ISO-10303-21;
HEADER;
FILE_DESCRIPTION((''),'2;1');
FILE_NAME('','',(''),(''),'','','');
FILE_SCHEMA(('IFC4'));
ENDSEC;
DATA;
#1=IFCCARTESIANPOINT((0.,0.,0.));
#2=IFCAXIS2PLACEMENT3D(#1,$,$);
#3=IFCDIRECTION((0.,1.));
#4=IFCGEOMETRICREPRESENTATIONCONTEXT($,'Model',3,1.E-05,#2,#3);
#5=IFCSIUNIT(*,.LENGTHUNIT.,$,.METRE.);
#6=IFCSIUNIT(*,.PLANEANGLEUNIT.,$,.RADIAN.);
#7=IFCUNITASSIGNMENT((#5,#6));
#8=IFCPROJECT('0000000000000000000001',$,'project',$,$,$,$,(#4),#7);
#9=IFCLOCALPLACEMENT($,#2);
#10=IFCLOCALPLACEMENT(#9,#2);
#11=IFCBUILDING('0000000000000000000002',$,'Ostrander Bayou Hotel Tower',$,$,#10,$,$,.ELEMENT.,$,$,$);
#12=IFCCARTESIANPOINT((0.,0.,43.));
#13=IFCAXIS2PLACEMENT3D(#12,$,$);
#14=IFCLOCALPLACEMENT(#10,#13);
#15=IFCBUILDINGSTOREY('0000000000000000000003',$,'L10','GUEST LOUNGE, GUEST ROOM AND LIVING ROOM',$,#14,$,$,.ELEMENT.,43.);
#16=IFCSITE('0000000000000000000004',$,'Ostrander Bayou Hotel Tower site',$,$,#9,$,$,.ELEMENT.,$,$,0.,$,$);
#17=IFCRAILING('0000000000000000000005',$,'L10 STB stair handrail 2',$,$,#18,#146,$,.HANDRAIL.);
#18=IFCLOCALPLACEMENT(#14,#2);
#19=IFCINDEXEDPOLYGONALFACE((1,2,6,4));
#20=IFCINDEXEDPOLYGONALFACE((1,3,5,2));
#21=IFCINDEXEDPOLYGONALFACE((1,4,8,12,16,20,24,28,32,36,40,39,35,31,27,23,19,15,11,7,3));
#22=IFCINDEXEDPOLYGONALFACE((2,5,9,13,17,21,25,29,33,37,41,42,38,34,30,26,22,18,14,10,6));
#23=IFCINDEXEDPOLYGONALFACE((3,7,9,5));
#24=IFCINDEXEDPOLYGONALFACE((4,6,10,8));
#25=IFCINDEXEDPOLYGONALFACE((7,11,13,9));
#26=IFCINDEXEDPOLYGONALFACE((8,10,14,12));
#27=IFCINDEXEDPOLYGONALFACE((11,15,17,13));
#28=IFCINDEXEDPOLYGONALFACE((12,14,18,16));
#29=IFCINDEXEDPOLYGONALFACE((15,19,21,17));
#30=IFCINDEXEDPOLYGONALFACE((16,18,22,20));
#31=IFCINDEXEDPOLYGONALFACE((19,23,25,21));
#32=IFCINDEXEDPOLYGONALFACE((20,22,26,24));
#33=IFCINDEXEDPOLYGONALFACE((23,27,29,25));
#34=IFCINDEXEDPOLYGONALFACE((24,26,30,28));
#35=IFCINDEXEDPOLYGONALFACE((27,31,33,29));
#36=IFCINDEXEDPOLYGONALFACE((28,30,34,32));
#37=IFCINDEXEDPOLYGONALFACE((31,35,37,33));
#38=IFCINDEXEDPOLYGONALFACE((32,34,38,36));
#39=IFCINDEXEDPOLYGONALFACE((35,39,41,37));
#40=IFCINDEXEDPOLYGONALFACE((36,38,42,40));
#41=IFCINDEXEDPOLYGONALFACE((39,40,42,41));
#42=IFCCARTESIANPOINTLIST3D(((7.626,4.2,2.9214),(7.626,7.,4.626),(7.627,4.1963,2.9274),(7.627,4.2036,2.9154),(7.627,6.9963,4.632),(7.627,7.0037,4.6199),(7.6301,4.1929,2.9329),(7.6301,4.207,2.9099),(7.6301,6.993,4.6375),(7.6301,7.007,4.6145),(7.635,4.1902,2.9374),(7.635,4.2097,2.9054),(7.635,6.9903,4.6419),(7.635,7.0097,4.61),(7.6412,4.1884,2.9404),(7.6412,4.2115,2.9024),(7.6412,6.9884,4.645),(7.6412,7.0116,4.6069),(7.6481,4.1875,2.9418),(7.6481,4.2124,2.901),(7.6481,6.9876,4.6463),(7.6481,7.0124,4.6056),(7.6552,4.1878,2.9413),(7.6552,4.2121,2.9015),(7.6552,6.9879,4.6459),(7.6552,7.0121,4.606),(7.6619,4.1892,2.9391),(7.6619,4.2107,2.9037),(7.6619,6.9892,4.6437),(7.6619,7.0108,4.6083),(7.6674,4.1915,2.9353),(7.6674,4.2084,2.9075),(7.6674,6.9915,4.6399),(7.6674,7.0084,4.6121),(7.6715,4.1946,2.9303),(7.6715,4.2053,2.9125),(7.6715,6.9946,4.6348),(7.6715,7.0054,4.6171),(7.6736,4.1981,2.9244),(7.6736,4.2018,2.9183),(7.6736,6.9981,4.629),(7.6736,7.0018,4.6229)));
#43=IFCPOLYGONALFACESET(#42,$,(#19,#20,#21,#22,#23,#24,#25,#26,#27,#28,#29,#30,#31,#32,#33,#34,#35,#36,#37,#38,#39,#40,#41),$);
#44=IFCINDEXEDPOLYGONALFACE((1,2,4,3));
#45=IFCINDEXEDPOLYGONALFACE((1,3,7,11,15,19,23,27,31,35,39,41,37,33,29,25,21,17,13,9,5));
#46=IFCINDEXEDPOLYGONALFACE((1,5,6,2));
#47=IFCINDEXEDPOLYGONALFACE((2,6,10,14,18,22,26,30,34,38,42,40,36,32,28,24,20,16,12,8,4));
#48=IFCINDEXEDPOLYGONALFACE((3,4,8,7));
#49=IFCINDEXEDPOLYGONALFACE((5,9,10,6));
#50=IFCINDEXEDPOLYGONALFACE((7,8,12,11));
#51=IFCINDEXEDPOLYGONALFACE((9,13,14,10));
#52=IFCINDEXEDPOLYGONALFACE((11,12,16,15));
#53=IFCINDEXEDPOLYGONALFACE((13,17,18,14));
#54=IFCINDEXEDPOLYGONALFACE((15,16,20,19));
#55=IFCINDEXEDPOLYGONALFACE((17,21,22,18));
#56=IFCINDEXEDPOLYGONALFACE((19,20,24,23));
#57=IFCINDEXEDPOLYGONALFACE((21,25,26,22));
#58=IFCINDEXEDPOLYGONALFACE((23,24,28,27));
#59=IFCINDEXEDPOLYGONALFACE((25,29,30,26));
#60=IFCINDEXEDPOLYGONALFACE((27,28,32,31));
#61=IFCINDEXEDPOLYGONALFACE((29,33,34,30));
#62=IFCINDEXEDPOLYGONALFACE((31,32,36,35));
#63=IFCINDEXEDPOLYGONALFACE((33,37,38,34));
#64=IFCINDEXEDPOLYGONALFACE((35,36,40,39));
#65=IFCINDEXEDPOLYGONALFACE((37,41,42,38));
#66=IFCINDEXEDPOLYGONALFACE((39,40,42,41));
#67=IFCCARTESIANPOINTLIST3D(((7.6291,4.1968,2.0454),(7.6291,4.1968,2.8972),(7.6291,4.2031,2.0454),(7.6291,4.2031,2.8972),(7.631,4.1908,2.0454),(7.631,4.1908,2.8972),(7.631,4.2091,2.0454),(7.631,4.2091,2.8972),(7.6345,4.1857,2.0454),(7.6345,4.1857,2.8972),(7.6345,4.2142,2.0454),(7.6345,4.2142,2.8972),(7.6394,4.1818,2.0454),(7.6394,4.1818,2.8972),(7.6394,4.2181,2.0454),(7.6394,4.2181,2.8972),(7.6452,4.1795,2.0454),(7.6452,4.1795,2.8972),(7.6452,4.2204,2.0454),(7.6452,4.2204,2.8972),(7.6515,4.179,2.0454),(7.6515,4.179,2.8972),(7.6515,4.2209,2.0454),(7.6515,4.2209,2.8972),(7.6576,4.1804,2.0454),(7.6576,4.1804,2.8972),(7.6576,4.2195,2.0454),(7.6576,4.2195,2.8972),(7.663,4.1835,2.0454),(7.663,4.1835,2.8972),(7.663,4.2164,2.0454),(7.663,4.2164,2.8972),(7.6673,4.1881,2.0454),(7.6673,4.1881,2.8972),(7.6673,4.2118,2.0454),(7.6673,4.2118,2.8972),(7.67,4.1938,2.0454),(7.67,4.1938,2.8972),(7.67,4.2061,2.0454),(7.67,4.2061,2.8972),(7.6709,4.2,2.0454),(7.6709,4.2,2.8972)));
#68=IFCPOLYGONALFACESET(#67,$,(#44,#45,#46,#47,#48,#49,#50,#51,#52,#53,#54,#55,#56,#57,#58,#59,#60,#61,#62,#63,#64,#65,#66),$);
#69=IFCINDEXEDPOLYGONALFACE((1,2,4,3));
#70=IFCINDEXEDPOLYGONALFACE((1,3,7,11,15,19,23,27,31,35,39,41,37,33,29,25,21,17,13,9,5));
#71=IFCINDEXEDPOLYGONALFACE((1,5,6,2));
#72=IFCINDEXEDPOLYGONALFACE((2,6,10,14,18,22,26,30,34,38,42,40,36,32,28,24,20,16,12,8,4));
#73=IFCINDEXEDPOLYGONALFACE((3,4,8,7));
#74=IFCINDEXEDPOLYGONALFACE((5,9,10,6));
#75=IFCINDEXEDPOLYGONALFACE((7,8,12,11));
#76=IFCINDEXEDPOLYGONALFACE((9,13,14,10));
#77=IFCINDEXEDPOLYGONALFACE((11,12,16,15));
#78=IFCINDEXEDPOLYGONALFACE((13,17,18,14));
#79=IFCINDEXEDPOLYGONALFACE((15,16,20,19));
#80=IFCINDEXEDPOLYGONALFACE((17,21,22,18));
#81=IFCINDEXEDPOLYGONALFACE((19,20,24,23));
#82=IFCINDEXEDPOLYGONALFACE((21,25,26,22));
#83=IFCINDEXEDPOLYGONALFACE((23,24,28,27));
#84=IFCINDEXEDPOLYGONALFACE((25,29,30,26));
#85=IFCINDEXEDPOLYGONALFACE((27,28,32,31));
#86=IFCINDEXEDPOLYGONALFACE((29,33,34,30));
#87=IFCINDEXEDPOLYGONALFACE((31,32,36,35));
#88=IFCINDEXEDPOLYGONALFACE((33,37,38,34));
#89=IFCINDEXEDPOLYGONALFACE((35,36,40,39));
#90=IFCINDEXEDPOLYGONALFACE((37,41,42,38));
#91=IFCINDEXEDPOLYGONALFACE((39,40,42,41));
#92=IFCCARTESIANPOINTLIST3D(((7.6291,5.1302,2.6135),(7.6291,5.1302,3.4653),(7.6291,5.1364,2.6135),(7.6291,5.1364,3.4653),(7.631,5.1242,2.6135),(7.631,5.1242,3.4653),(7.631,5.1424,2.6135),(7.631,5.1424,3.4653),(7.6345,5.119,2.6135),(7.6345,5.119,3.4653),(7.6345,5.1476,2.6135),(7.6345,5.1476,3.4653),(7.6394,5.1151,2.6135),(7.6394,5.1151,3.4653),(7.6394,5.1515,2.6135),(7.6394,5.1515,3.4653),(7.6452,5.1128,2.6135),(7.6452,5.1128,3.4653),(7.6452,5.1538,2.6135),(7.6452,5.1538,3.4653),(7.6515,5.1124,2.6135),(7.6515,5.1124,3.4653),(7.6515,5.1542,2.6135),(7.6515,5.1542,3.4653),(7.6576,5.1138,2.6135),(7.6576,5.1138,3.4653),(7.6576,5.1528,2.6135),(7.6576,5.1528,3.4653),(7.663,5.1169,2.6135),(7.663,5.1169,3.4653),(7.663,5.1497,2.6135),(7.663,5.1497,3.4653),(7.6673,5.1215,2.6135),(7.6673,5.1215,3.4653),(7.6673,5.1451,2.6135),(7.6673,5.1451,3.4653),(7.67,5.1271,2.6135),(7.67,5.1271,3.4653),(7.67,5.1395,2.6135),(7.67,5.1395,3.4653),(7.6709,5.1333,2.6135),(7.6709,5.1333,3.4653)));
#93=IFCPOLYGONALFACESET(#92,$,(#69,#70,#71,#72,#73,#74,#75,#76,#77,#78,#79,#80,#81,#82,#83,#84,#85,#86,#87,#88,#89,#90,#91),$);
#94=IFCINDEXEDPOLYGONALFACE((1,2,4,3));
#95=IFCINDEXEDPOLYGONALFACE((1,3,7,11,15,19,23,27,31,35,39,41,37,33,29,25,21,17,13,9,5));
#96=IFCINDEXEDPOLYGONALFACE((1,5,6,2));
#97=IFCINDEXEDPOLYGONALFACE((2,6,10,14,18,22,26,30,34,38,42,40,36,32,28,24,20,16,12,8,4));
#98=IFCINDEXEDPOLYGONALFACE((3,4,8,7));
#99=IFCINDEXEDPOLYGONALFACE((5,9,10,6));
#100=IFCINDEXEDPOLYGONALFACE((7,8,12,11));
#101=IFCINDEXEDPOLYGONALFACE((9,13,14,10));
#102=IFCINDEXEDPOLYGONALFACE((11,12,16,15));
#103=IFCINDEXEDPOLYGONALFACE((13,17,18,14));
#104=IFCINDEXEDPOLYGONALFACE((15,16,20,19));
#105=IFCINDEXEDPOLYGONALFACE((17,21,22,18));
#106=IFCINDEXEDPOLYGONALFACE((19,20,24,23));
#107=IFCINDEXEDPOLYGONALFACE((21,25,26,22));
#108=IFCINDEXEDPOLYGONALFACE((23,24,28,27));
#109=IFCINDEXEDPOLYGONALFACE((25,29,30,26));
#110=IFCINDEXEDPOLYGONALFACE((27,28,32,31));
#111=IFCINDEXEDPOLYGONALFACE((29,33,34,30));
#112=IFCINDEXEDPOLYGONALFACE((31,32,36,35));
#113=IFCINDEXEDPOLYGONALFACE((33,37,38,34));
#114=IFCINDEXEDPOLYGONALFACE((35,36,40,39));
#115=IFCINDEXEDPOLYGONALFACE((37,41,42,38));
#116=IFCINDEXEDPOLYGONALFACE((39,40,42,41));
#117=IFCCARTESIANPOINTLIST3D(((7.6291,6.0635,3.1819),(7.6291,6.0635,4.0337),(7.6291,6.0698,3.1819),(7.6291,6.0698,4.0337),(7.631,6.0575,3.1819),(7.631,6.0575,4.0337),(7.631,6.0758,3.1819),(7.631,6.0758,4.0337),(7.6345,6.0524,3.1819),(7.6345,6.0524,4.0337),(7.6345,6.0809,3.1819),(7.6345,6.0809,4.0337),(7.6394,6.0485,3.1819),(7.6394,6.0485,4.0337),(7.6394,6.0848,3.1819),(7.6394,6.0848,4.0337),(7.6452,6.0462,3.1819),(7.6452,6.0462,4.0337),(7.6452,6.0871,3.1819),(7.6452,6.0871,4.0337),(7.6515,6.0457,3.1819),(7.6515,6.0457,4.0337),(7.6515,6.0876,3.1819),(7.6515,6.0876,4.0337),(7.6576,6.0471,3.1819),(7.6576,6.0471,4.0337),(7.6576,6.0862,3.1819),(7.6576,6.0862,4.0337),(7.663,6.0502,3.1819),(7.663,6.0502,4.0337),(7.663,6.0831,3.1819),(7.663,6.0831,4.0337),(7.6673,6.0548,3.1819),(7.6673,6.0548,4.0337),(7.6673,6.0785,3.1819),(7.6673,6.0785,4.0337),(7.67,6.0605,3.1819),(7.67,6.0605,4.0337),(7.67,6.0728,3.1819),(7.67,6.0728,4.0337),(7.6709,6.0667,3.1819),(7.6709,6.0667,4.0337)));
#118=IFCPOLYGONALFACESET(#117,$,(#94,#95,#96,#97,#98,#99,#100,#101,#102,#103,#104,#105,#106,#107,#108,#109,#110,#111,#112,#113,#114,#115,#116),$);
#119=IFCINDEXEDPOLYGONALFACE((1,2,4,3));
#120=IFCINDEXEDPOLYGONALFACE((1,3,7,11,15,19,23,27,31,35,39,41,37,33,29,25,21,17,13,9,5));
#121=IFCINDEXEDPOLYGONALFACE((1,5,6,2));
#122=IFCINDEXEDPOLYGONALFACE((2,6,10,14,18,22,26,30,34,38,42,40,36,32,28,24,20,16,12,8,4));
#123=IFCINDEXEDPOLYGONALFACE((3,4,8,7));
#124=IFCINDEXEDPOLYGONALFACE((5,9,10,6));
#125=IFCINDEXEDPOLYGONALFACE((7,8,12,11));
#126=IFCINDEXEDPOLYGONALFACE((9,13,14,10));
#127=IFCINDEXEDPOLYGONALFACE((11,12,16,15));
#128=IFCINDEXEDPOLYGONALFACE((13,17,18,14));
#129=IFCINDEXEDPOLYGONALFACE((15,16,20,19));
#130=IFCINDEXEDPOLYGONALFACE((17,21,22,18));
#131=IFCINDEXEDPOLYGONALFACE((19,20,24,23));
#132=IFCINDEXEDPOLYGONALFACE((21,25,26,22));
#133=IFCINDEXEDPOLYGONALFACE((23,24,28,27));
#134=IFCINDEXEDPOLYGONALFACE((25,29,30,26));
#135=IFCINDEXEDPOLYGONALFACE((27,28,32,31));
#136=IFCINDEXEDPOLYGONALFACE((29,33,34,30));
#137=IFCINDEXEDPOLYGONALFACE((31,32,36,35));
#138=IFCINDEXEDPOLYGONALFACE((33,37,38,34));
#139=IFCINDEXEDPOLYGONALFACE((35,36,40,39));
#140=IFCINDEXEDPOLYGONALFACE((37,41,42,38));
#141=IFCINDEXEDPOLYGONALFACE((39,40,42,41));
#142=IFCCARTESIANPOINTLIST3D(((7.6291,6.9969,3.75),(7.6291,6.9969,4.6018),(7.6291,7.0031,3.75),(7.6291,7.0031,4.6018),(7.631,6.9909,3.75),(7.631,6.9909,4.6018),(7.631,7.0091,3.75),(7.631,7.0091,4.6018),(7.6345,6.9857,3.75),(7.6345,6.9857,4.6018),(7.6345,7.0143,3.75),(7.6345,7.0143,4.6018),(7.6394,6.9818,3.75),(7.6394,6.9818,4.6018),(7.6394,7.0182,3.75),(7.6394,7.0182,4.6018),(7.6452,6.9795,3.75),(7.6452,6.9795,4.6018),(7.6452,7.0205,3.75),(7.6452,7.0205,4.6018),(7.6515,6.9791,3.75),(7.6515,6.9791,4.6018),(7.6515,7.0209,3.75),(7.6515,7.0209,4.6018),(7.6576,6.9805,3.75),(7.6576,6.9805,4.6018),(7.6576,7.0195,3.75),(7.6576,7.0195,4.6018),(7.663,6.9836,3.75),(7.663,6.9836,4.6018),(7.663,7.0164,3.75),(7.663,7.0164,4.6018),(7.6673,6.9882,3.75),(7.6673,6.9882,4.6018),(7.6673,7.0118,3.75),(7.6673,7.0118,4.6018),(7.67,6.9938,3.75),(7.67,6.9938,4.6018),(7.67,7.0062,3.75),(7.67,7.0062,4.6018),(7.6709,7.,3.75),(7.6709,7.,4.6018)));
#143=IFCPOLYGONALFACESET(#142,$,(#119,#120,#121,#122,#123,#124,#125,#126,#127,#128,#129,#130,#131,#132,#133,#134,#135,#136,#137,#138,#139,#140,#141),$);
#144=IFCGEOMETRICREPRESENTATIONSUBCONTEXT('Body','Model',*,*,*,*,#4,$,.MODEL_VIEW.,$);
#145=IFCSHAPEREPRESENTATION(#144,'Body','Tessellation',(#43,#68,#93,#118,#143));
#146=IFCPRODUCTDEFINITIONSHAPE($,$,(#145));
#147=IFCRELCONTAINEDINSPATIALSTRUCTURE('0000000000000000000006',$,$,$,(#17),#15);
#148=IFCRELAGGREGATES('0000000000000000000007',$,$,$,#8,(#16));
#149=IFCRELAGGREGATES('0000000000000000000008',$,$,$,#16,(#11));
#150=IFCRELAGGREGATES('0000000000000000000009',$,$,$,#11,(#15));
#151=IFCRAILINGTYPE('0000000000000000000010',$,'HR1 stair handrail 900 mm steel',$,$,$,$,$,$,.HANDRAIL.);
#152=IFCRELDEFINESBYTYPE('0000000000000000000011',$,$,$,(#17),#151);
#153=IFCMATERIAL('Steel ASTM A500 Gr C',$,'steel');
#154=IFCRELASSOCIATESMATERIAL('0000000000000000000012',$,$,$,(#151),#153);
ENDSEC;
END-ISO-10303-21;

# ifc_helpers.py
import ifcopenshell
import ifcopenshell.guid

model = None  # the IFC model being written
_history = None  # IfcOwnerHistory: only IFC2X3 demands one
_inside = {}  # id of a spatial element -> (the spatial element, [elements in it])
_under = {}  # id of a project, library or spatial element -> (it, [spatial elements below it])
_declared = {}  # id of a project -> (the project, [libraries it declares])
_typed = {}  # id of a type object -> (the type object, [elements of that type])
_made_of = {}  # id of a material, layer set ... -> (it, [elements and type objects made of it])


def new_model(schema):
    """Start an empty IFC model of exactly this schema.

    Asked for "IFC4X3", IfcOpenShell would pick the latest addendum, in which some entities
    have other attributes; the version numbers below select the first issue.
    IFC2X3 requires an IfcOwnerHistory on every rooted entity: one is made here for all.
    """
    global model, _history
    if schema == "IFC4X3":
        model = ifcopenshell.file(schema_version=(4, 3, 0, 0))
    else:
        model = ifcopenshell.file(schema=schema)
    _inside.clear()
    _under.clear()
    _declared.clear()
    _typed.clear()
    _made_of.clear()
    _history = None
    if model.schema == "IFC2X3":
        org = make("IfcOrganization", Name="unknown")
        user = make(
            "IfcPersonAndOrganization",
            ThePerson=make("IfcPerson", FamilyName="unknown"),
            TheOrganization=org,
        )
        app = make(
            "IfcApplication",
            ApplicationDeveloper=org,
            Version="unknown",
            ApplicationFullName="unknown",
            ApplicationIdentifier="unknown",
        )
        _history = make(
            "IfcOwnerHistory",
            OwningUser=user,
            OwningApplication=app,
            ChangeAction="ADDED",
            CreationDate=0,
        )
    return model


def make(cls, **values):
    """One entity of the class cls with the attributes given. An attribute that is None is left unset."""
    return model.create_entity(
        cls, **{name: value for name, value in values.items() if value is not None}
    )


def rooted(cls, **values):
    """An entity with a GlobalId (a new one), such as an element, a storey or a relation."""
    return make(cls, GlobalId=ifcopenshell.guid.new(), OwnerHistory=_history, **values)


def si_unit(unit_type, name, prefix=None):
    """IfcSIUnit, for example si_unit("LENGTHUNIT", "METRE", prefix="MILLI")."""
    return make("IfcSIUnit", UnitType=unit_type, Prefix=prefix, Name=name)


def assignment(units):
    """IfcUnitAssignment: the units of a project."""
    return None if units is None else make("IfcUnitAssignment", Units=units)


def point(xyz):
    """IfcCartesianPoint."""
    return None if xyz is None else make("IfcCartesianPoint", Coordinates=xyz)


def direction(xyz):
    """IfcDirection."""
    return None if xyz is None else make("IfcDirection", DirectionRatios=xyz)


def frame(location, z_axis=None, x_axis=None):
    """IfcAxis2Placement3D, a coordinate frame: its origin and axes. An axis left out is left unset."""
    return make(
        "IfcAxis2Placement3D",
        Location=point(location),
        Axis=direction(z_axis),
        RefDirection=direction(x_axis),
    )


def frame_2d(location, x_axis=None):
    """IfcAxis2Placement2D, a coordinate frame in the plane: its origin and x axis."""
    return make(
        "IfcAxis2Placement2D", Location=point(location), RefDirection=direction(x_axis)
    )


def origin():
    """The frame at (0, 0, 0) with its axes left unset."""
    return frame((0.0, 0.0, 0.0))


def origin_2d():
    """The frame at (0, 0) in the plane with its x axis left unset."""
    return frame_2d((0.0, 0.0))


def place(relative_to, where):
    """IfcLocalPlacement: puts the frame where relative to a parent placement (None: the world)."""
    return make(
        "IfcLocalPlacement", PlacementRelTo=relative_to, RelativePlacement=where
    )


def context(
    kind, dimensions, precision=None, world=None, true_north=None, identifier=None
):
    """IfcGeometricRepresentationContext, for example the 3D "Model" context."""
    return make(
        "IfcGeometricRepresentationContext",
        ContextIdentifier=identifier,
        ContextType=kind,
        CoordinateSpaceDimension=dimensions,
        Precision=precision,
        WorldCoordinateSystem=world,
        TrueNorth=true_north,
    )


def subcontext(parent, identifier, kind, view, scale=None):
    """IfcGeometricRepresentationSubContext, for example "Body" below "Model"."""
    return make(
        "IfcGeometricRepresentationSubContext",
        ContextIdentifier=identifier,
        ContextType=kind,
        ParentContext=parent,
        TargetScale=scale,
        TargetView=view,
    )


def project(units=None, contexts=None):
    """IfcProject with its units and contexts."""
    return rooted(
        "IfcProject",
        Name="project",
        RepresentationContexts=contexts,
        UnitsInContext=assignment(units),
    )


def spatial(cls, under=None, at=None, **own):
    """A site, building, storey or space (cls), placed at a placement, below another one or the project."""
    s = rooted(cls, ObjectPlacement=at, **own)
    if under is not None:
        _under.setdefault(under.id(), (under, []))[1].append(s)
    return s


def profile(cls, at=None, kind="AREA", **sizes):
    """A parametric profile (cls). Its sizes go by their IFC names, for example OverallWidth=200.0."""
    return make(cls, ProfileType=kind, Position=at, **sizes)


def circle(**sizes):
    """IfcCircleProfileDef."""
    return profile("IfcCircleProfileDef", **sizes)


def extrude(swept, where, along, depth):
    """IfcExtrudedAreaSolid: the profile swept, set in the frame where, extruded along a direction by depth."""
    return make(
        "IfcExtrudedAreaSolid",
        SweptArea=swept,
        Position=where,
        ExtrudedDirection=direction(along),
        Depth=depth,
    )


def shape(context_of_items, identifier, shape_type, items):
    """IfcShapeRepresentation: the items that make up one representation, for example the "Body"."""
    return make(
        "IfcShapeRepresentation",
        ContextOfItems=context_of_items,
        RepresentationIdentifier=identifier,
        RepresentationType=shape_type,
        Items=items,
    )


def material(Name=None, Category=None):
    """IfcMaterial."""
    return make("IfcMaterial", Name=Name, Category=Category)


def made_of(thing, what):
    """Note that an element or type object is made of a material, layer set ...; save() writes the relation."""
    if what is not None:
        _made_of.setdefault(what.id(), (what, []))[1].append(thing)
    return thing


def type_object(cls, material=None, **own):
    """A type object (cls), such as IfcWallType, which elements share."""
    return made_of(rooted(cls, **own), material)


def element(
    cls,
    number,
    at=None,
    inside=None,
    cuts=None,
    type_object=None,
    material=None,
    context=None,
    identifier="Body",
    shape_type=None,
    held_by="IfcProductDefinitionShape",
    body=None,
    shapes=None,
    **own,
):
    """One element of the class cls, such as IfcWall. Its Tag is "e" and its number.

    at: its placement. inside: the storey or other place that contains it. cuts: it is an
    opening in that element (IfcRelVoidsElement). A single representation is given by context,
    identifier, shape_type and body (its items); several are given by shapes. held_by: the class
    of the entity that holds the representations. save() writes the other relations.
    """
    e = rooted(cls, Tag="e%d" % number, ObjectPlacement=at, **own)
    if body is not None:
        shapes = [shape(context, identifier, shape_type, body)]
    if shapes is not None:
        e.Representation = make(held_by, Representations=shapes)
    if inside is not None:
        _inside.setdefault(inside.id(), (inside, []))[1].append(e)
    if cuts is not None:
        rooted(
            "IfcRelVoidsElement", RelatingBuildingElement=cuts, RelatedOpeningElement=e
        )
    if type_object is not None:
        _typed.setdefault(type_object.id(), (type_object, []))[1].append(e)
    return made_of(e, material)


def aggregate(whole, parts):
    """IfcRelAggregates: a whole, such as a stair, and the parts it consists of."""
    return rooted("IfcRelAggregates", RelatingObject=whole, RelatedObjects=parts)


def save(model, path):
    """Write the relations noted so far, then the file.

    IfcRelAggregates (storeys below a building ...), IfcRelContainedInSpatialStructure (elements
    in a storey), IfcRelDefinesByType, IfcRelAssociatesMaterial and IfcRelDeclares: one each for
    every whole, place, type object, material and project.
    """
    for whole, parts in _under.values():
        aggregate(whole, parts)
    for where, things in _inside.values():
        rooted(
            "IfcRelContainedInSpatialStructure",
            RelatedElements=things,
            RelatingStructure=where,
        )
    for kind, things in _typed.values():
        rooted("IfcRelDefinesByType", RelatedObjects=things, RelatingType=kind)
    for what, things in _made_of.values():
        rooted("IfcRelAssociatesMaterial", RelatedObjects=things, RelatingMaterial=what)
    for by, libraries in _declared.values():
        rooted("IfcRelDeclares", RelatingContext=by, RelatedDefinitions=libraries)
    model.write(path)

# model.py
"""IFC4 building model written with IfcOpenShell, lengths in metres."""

from ifc_helpers import new_model, si_unit, direction, frame, origin, origin_2d, place, context, subcontext, project, spatial, circle, extrude, material, type_object, element, save


model = new_model("IFC4")

# Units and contexts
model_context = context("Model", 3, precision=1e-05, world=origin(), true_north=direction((0.0, 1.0)))
body_context = subcontext(model_context, "Body", "Model", "MODEL_VIEW")
ifc_project = project(units=[si_unit("LENGTHUNIT", "METRE"), si_unit("PLANEANGLEUNIT", "RADIAN")], contexts=[model_context])

# Site, building, storey
site_placement = place(None, origin())
site = spatial("IfcSite", under=ifc_project, at=site_placement, Name="Ostrander Bayou Hotel Tower site", CompositionType="ELEMENT", RefElevation=0.0)
building_placement = place(site_placement, origin())
building = spatial("IfcBuilding", under=site, at=building_placement, Name="Ostrander Bayou Hotel Tower", CompositionType="ELEMENT")
storey_placement = place(building_placement, frame((0.0, 0.0, 43.0)))
storey = spatial("IfcBuildingStorey", under=building, at=storey_placement, Name="L10", Description="GUEST LOUNGE, GUEST ROOM AND LIVING ROOM", CompositionType="ELEMENT", Elevation=43.0)

# Railing
ifc_material_1 = material(Name="Steel ASTM A500 Gr C", Category="steel")
railing_type_1 = type_object("IfcRailingType", Name="HR1 stair handrail 900 mm steel", PredefinedType="HANDRAIL", material=ifc_material_1)
railing_1_placement = place(storey_placement, frame((7.6499, 4.2, 2.0454)))
element("IfcRailing", 1, at=railing_1_placement, inside=storey, type_object=railing_type_1, Name="L10 STB stair handrail 2", PredefinedType="HANDRAIL", context=body_context, shape_type="SweptSolid", body=[
    extrude(circle(Radius=0.0239, at=origin_2d()), frame((0.0, 0.0, 0.876), z_axis=(0.0, 0.85417, 0.519994), x_axis=(-1.0, 0.0, 0.0)), (0.0, 0.0, 1.0), 3.2781),
    extrude(circle(Radius=0.021, at=origin_2d()), origin(), (0.0, 0.0, 1.0), 0.8518),
    extrude(circle(Radius=0.021, at=origin_2d()), frame((0.0, 0.9333, 0.5681)), (0.0, 0.0, 1.0), 0.8518),
    extrude(circle(Radius=0.021, at=origin_2d()), frame((0.0, 1.8667, 1.1365)), (0.0, 0.0, 1.0), 0.8518),
    extrude(circle(Radius=0.021, at=origin_2d()), frame((0.0, 2.8, 1.7046)), (0.0, 0.0, 1.0), 0.8518),
])

save(model, "model.ifc")
